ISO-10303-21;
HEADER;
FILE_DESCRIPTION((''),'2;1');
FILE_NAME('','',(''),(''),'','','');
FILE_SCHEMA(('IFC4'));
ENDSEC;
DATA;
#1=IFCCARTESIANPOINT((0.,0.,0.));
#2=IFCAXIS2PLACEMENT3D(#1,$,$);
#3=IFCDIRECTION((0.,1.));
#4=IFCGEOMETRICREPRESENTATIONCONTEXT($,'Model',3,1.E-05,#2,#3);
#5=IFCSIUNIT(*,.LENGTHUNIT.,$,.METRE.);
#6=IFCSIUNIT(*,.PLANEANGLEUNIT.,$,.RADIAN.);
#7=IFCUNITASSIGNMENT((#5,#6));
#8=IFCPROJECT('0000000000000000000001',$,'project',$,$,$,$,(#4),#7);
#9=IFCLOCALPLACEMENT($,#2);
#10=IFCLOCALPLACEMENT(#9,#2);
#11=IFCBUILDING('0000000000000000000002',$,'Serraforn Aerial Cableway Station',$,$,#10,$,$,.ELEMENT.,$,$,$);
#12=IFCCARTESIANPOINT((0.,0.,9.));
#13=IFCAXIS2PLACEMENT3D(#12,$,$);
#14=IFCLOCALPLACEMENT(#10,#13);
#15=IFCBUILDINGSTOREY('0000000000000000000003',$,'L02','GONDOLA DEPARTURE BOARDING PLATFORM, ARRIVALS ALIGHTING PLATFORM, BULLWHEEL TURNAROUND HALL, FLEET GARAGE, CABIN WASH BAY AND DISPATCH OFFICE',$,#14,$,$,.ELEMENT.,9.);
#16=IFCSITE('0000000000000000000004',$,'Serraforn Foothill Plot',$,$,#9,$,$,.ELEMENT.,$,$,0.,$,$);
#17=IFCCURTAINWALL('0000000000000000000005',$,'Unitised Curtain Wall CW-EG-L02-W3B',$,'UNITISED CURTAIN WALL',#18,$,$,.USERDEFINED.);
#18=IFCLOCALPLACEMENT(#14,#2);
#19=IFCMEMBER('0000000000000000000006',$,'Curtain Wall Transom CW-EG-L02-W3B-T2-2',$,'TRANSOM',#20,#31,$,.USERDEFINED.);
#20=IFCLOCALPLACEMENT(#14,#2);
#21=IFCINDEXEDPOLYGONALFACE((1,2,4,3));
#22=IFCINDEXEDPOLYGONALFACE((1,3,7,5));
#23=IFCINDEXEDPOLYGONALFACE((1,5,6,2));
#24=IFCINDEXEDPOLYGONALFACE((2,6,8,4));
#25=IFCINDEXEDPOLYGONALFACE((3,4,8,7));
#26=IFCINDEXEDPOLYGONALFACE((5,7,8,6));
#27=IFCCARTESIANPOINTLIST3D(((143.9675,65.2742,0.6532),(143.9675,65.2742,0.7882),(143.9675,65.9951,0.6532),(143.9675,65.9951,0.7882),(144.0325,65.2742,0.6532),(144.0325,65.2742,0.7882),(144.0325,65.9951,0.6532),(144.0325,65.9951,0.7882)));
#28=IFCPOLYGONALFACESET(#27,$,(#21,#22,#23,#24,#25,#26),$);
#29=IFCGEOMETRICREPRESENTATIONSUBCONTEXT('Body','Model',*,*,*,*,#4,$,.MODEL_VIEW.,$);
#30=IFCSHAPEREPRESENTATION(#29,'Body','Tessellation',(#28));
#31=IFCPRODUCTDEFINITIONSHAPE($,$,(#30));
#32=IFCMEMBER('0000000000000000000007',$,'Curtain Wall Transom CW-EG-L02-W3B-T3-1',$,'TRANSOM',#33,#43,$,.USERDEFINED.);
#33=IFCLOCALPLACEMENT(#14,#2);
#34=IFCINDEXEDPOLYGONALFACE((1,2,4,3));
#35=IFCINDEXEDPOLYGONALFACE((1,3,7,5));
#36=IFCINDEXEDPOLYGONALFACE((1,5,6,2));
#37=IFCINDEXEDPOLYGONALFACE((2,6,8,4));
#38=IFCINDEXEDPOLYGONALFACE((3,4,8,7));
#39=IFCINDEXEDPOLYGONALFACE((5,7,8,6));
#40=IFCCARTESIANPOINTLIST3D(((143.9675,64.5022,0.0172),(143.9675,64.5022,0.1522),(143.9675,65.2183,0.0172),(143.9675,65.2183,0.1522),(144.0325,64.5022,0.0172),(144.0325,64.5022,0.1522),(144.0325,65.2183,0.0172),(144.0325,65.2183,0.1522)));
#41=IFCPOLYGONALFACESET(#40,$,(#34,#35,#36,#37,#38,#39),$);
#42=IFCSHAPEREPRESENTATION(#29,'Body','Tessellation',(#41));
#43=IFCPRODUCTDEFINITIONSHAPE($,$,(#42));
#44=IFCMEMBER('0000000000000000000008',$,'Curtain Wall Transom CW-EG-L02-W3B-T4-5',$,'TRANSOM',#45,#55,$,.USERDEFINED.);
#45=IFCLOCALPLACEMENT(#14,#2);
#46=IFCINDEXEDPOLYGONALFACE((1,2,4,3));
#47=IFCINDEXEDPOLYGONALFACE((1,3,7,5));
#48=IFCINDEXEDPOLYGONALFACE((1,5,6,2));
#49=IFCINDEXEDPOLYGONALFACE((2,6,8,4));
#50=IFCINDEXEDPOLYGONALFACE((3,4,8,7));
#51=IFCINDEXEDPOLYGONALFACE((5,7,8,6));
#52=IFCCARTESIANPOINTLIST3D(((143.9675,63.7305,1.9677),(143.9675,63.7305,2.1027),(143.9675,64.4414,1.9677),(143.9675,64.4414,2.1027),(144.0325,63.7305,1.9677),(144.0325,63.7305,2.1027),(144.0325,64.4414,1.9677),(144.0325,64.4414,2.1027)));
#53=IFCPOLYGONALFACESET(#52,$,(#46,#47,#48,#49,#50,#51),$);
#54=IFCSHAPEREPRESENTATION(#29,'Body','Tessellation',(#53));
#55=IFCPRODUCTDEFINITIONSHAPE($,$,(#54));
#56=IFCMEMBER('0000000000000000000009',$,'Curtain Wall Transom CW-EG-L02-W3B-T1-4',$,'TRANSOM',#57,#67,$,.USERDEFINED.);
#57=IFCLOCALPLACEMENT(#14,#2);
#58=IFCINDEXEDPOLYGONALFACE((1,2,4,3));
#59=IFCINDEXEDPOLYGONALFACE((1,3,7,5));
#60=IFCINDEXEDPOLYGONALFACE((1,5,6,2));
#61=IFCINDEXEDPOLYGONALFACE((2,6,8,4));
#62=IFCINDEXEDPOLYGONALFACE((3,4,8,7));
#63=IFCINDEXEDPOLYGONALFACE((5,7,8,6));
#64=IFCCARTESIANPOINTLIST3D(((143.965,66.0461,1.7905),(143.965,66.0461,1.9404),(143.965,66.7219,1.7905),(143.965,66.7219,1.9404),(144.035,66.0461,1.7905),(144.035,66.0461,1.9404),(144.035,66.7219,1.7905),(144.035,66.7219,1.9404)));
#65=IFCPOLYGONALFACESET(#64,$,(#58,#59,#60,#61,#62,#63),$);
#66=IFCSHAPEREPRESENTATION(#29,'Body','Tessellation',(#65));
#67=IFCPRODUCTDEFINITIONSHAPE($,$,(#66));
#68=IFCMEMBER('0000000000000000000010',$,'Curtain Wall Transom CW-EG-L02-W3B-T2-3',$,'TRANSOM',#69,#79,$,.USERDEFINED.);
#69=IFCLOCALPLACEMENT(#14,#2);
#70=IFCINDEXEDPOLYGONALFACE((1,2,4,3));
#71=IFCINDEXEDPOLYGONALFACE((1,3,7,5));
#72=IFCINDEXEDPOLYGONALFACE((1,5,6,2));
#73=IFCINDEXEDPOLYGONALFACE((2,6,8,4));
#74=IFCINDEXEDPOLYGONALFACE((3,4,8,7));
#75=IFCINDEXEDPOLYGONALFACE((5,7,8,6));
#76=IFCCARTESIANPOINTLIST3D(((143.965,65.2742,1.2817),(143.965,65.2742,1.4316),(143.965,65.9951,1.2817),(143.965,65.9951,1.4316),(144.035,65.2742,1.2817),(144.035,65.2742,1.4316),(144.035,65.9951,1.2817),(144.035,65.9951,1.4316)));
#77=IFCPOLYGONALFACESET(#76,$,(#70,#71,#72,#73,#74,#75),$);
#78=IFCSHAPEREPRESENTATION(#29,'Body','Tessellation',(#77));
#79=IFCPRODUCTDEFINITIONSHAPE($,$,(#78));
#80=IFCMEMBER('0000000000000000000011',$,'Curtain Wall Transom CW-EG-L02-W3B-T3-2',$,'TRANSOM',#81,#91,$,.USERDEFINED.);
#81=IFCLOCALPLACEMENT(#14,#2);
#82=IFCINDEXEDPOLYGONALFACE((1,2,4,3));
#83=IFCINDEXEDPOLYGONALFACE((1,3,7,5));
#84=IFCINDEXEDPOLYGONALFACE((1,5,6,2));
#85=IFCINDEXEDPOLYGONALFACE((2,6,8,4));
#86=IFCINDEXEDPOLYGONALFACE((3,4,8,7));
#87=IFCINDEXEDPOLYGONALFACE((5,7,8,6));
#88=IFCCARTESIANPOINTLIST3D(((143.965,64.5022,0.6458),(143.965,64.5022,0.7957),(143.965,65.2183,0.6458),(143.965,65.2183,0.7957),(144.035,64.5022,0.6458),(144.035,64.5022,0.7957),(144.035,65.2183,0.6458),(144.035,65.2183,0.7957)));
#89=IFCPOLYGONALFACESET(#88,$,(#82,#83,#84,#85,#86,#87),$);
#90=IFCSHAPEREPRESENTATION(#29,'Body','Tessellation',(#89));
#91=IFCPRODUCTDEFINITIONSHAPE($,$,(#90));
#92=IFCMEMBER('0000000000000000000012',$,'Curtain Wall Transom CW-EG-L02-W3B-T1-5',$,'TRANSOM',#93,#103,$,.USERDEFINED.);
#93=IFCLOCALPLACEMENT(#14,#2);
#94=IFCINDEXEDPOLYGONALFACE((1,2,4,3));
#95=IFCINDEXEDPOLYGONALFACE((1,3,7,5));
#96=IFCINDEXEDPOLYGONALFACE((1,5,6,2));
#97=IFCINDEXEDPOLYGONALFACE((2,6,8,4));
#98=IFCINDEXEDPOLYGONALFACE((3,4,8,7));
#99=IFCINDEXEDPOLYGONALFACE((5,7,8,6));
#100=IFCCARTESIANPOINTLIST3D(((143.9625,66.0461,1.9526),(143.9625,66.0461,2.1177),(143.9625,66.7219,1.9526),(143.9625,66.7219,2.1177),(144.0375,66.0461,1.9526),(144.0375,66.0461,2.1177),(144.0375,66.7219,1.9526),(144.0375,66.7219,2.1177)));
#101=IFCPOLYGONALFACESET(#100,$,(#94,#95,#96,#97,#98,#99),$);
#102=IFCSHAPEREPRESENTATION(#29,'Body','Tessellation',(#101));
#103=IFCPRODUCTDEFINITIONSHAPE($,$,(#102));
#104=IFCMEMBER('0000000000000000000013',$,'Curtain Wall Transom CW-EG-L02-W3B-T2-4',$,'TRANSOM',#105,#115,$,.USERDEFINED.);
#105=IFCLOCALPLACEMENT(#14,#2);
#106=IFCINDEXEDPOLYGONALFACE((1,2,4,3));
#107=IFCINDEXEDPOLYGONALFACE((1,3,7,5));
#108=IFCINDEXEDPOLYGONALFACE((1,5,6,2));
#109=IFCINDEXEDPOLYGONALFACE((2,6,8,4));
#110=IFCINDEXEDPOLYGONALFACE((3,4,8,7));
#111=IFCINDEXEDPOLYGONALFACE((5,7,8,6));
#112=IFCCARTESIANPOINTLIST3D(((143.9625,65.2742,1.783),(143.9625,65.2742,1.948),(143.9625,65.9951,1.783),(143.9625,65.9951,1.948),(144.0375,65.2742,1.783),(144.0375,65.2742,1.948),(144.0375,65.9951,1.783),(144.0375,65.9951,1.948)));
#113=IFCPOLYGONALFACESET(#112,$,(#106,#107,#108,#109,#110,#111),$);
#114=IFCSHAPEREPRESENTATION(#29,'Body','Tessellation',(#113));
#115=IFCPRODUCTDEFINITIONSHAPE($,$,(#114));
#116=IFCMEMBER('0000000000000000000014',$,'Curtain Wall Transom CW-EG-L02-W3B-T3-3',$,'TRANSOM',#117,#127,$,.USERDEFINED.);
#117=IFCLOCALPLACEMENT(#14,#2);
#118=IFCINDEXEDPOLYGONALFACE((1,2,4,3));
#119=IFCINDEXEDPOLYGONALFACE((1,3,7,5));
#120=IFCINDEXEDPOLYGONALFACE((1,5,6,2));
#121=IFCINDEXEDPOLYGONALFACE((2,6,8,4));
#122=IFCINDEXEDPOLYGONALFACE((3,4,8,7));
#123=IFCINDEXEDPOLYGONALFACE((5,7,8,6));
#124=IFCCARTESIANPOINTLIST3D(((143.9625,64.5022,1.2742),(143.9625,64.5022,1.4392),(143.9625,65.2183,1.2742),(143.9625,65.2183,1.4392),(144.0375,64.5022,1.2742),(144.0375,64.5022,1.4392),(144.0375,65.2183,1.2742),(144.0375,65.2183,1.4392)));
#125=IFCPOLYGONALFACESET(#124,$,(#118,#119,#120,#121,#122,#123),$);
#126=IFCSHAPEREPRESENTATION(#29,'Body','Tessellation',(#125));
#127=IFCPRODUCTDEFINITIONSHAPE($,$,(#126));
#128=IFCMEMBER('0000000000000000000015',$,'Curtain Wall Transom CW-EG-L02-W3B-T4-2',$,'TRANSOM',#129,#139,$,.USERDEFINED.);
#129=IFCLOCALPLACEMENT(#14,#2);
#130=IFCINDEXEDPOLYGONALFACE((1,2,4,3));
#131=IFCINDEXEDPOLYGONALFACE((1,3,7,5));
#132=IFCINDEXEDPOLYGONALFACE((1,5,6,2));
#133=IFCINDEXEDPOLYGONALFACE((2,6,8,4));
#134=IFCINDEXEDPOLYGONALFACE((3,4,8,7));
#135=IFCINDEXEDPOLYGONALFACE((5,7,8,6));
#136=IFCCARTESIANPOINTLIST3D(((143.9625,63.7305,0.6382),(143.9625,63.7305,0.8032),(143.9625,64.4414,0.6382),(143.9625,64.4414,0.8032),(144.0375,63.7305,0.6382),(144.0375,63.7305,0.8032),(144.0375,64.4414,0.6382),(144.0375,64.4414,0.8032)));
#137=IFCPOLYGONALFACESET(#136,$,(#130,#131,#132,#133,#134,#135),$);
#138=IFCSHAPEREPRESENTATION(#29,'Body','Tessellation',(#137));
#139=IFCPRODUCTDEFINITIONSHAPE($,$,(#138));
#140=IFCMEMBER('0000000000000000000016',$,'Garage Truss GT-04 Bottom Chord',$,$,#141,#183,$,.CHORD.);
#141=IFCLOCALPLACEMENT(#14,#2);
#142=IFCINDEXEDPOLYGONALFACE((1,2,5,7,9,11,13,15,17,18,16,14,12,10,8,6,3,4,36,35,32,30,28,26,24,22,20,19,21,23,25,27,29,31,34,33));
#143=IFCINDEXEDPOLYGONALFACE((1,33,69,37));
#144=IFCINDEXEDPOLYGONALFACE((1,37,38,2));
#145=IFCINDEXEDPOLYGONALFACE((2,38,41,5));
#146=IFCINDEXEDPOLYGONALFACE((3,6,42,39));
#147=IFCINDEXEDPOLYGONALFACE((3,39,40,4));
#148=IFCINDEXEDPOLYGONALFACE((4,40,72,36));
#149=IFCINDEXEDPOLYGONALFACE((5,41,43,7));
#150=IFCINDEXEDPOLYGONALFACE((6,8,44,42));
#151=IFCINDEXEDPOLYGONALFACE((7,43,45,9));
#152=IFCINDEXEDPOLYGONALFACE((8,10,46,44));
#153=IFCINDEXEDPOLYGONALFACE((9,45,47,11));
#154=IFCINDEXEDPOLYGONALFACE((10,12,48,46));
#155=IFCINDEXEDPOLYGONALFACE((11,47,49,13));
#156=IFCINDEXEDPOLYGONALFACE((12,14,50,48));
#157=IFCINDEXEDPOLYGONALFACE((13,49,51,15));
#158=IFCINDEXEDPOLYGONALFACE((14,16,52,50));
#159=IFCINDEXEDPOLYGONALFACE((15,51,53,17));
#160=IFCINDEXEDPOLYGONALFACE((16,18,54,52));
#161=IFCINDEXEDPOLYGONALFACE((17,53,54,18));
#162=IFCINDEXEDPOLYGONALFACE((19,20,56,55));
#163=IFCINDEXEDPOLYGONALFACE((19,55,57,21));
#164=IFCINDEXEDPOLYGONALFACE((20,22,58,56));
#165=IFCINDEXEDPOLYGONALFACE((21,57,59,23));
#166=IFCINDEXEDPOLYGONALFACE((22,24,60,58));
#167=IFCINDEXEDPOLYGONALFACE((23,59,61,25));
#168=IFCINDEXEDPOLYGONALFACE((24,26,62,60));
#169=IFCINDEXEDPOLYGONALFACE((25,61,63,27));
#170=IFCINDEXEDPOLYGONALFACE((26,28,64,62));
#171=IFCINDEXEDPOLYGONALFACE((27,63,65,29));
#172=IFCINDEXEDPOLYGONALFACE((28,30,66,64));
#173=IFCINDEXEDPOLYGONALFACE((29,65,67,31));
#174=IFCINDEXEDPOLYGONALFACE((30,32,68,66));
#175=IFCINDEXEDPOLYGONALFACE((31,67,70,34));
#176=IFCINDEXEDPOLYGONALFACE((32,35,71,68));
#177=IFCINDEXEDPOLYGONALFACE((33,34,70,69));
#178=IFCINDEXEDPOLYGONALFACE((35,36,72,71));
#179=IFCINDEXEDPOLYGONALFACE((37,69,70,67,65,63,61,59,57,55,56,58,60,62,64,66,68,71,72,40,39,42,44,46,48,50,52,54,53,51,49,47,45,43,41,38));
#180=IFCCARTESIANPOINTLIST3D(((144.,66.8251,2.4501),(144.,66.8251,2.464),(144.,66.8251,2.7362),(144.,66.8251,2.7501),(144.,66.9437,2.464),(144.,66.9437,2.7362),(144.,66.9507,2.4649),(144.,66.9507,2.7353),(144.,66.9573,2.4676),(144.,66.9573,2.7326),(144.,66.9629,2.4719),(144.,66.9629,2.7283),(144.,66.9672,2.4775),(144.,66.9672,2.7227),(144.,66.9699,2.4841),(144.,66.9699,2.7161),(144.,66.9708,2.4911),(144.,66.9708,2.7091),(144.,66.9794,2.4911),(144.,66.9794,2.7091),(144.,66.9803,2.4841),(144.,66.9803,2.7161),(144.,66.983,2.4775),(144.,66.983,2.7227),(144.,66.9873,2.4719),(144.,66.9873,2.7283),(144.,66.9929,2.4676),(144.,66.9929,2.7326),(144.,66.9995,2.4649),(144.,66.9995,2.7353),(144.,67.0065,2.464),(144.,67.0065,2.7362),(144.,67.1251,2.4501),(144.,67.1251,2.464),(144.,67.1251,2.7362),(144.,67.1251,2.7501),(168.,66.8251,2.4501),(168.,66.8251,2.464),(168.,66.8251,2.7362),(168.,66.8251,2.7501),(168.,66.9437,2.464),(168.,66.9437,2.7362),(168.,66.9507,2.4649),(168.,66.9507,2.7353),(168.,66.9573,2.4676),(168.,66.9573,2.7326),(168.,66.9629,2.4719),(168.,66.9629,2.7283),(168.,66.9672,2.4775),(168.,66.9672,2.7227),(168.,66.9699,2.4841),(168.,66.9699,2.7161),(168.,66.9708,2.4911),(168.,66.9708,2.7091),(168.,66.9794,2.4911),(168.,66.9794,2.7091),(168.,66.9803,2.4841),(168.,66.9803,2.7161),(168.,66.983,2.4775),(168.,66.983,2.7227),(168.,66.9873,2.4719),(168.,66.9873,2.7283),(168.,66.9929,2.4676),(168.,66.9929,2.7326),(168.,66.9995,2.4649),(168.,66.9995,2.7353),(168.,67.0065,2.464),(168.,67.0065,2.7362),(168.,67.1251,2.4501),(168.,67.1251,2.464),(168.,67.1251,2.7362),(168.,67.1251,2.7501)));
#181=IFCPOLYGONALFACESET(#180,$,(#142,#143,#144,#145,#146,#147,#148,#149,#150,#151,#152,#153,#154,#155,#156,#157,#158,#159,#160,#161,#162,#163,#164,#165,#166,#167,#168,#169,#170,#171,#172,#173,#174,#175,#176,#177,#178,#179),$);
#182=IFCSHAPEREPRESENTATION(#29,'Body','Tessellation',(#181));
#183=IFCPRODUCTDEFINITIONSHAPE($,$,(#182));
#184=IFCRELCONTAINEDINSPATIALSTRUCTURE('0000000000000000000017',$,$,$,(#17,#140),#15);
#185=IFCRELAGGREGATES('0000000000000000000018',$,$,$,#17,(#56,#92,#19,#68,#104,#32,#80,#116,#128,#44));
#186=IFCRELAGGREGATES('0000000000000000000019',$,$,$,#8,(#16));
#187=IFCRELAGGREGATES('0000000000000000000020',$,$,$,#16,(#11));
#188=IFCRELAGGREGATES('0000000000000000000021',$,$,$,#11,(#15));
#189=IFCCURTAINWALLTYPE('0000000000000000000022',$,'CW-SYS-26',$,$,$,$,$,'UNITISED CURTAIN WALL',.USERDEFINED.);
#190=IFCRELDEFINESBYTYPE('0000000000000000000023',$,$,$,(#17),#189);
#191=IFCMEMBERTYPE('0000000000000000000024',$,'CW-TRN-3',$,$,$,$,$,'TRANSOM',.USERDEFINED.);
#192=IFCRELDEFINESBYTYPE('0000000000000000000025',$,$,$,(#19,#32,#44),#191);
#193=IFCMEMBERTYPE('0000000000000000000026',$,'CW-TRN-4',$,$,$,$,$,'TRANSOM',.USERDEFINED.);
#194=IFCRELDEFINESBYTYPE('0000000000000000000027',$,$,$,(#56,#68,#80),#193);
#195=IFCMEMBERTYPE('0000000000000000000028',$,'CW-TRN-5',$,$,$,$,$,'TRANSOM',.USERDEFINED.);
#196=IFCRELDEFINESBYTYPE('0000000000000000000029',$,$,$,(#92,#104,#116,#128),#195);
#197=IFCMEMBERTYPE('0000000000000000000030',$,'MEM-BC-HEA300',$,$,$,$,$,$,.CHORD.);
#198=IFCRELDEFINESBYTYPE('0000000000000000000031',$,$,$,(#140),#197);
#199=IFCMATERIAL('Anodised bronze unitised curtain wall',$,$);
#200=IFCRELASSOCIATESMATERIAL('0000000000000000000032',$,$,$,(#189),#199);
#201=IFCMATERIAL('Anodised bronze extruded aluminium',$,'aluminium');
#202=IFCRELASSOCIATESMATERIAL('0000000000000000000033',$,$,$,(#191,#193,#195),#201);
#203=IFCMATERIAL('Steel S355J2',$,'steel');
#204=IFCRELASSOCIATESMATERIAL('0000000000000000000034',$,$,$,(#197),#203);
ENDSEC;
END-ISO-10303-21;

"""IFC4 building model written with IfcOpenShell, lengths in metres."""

from ifc_helpers import new_model, si_unit, direction, frame, origin, origin_2d, place, context, subcontext, project, spatial, rectangle, i_section, extrude, material, material_profile, profile_set, type_object, element, aggregate, save


model = new_model("IFC4")

# Units and contexts
model_context = context("Model", 3, precision=1e-05, world=origin(), true_north=direction((0.0, 1.0)))
body_context = subcontext(model_context, "Body", "Model", "MODEL_VIEW")
ifc_project = project(units=[si_unit("LENGTHUNIT", "METRE"), si_unit("PLANEANGLEUNIT", "RADIAN")], contexts=[model_context])

# Site, building, storey
site_placement = place(None, origin())
site = spatial("IfcSite", under=ifc_project, at=site_placement, Name="Serraforn Foothill Plot", CompositionType="ELEMENT", RefElevation=0.0)
building_placement = place(site_placement, origin())
building = spatial("IfcBuilding", under=site, at=building_placement, Name="Serraforn Aerial Cableway Station", CompositionType="ELEMENT")
storey_placement = place(building_placement, frame((0.0, 0.0, 9.0)))
storey = spatial("IfcBuildingStorey", under=building, at=storey_placement, Name="L02", Description="GONDOLA DEPARTURE BOARDING PLATFORM, ARRIVALS ALIGHTING PLATFORM, BULLWHEEL TURNAROUND HALL, FLEET GARAGE, CABIN WASH BAY AND DISPATCH OFFICE", CompositionType="ELEMENT", Elevation=9.0)

# Curtain wall, members
ifc_material_1 = material(Name="Anodised bronze unitised curtain wall")
curtain_wall_type = type_object("IfcCurtainWallType", Name="CW-SYS-26", ElementType="UNITISED CURTAIN WALL", PredefinedType="USERDEFINED", material=ifc_material_1)
curtain_wall_placement = place(storey_placement, origin())
curtain_wall = element("IfcCurtainWall", 1, at=curtain_wall_placement, inside=storey, type_object=curtain_wall_type, Name="Unitised Curtain Wall CW-EG-L02-W3B", ObjectType="UNITISED CURTAIN WALL", PredefinedType="USERDEFINED")
ifc_material_2 = material(Name="Anodised bronze extruded aluminium", Category="aluminium")
ifc_material_profile_1 = material_profile(ifc_material_2, rectangle(XDim=0.0649, YDim=0.135, at=origin_2d()), Name="CW TRANSOM 65x135")
ifc_profile_set_1 = profile_set([ifc_material_profile_1], Name="Anodised bronze extruded aluminium")
member_type_1 = type_object("IfcMemberType", Name="CW-TRN-3", ElementType="TRANSOM", PredefinedType="USERDEFINED", material=ifc_profile_set_1)
member_1_placement = place(storey_placement, frame((144.0, 65.9951, 0.7207), z_axis=(0.0, -1.0, 0.0), x_axis=(1.0, 0.0, 0.0)))
member_1 = element("IfcMember", 2, at=member_1_placement, type_object=member_type_1, Name="Curtain Wall Transom CW-EG-L02-W3B-T2-2", ObjectType="TRANSOM", PredefinedType="USERDEFINED", context=body_context, shape_type="SweptSolid", body=[
    extrude(rectangle(XDim=0.0649, YDim=0.135, at=origin_2d()), origin(), (0.0, 0.0, 1.0), 0.7209),
])
member_2_placement = place(storey_placement, frame((144.0, 65.2183, 0.0847), z_axis=(0.0, -1.0, 0.0), x_axis=(1.0, 0.0, 0.0)))
member_2 = element("IfcMember", 3, at=member_2_placement, type_object=member_type_1, Name="Curtain Wall Transom CW-EG-L02-W3B-T3-1", ObjectType="TRANSOM", PredefinedType="USERDEFINED", context=body_context, shape_type="SweptSolid", body=[
    extrude(rectangle(XDim=0.0649, YDim=0.135, at=origin_2d()), origin(), (0.0, 0.0, 1.0), 0.7161),
])
member_3_placement = place(storey_placement, frame((144.0, 64.4414, 2.0352), z_axis=(0.0, -1.0, 0.0), x_axis=(1.0, 0.0, 0.0)))
member_3 = element("IfcMember", 4, at=member_3_placement, type_object=member_type_1, Name="Curtain Wall Transom CW-EG-L02-W3B-T4-5", ObjectType="TRANSOM", PredefinedType="USERDEFINED", context=body_context, shape_type="SweptSolid", body=[
    extrude(rectangle(XDim=0.0649, YDim=0.135, at=origin_2d()), origin(), (0.0, 0.0, 1.0), 0.7109),
])
ifc_material_profile_2 = material_profile(ifc_material_2, rectangle(XDim=0.0701, YDim=0.1499, at=origin_2d()), Name="CW TRANSOM 70x150")
ifc_profile_set_2 = profile_set([ifc_material_profile_2], Name="Anodised bronze extruded aluminium")
member_type_2 = type_object("IfcMemberType", Name="CW-TRN-4", ElementType="TRANSOM", PredefinedType="USERDEFINED", material=ifc_profile_set_2)
member_4_placement = place(storey_placement, frame((144.0, 66.7219, 1.8655), z_axis=(0.0, -1.0, 0.0), x_axis=(1.0, 0.0, 0.0)))
member_4 = element("IfcMember", 5, at=member_4_placement, type_object=member_type_2, Name="Curtain Wall Transom CW-EG-L02-W3B-T1-4", ObjectType="TRANSOM", PredefinedType="USERDEFINED", context=body_context, shape_type="SweptSolid", body=[
    extrude(rectangle(XDim=0.0701, YDim=0.1499, at=origin_2d()), origin(), (0.0, 0.0, 1.0), 0.6758),
])
member_5_placement = place(storey_placement, frame((144.0, 65.9951, 1.3567), z_axis=(0.0, -1.0, 0.0), x_axis=(1.0, 0.0, 0.0)))
member_5 = element("IfcMember", 6, at=member_5_placement, type_object=member_type_2, Name="Curtain Wall Transom CW-EG-L02-W3B-T2-3", ObjectType="TRANSOM", PredefinedType="USERDEFINED", context=body_context, shape_type="SweptSolid", body=[
    extrude(rectangle(XDim=0.0701, YDim=0.1499, at=origin_2d()), origin(), (0.0, 0.0, 1.0), 0.7209),
])
member_6_placement = place(storey_placement, frame((144.0, 65.2183, 0.7207), z_axis=(0.0, -1.0, 0.0), x_axis=(1.0, 0.0, 0.0)))
member_6 = element("IfcMember", 7, at=member_6_placement, type_object=member_type_2, Name="Curtain Wall Transom CW-EG-L02-W3B-T3-2", ObjectType="TRANSOM", PredefinedType="USERDEFINED", context=body_context, shape_type="SweptSolid", body=[
    extrude(rectangle(XDim=0.0701, YDim=0.1499, at=origin_2d()), origin(), (0.0, 0.0, 1.0), 0.7161),
])
ifc_material_profile_3 = material_profile(ifc_material_2, rectangle(XDim=0.075, YDim=0.165, at=origin_2d()), Name="CW TRANSOM 75x165")
ifc_profile_set_3 = profile_set([ifc_material_profile_3], Name="Anodised bronze extruded aluminium")
member_type_3 = type_object("IfcMemberType", Name="CW-TRN-5", ElementType="TRANSOM", PredefinedType="USERDEFINED", material=ifc_profile_set_3)
member_7_placement = place(storey_placement, frame((144.0, 66.7219, 2.0352), z_axis=(0.0, -1.0, 0.0), x_axis=(1.0, 0.0, 0.0)))
member_7 = element("IfcMember", 8, at=member_7_placement, type_object=member_type_3, Name="Curtain Wall Transom CW-EG-L02-W3B-T1-5", ObjectType="TRANSOM", PredefinedType="USERDEFINED", context=body_context, shape_type="SweptSolid", body=[
    extrude(rectangle(XDim=0.075, YDim=0.165, at=origin_2d()), origin(), (0.0, 0.0, 1.0), 0.6758),
])
member_8_placement = place(storey_placement, frame((144.0, 65.9951, 1.8655), z_axis=(0.0, -1.0, 0.0), x_axis=(1.0, 0.0, 0.0)))
member_8 = element("IfcMember", 9, at=member_8_placement, type_object=member_type_3, Name="Curtain Wall Transom CW-EG-L02-W3B-T2-4", ObjectType="TRANSOM", PredefinedType="USERDEFINED", context=body_context, shape_type="SweptSolid", body=[
    extrude(rectangle(XDim=0.075, YDim=0.165, at=origin_2d()), origin(), (0.0, 0.0, 1.0), 0.7209),
])
member_9_placement = place(storey_placement, frame((144.0, 65.2183, 1.3567), z_axis=(0.0, -1.0, 0.0), x_axis=(1.0, 0.0, 0.0)))
member_9 = element("IfcMember", 10, at=member_9_placement, type_object=member_type_3, Name="Curtain Wall Transom CW-EG-L02-W3B-T3-3", ObjectType="TRANSOM", PredefinedType="USERDEFINED", context=body_context, shape_type="SweptSolid", body=[
    extrude(rectangle(XDim=0.075, YDim=0.165, at=origin_2d()), origin(), (0.0, 0.0, 1.0), 0.7161),
])
member_10_placement = place(storey_placement, frame((144.0, 64.4414, 0.7207), z_axis=(0.0, -1.0, 0.0), x_axis=(1.0, 0.0, 0.0)))
member_10 = element("IfcMember", 11, at=member_10_placement, type_object=member_type_3, Name="Curtain Wall Transom CW-EG-L02-W3B-T4-2", ObjectType="TRANSOM", PredefinedType="USERDEFINED", context=body_context, shape_type="SweptSolid", body=[
    extrude(rectangle(XDim=0.075, YDim=0.165, at=origin_2d()), origin(), (0.0, 0.0, 1.0), 0.7109),
])

# Member
ifc_material_3 = material(Name="Steel S355J2", Category="steel")
ifc_material_profile_4 = material_profile(ifc_material_3, i_section(OverallWidth=0.3, OverallDepth=0.3, WebThickness=0.0085, FlangeThickness=0.0139, FilletRadius=0.0271, at=origin_2d()), Name="HEA 300")
ifc_profile_set_4 = profile_set([ifc_material_profile_4], Name="Steel S355J2")
member_type_4 = type_object("IfcMemberType", Name="MEM-BC-HEA300", PredefinedType="CHORD", material=ifc_profile_set_4)
member_11_placement = place(storey_placement, frame((144.0, 66.9751, 2.6001), z_axis=(1.0, 0.0, 0.0), x_axis=(0.0, 1.0, 0.0)))
element("IfcMember", 12, at=member_11_placement, inside=storey, type_object=member_type_4, Name="Garage Truss GT-04 Bottom Chord", PredefinedType="CHORD", context=body_context, shape_type="SweptSolid", body=[
    extrude(i_section(OverallWidth=0.3, OverallDepth=0.3, WebThickness=0.0085, FlangeThickness=0.0139, FilletRadius=0.0271, at=origin_2d()), origin(), (0.0, 0.0, 1.0), 24.0),
])

aggregate(curtain_wall, [member_4, member_7, member_1, member_5, member_8, member_2, member_6, member_9, member_10, member_3])

save(model, "model.ifc")
